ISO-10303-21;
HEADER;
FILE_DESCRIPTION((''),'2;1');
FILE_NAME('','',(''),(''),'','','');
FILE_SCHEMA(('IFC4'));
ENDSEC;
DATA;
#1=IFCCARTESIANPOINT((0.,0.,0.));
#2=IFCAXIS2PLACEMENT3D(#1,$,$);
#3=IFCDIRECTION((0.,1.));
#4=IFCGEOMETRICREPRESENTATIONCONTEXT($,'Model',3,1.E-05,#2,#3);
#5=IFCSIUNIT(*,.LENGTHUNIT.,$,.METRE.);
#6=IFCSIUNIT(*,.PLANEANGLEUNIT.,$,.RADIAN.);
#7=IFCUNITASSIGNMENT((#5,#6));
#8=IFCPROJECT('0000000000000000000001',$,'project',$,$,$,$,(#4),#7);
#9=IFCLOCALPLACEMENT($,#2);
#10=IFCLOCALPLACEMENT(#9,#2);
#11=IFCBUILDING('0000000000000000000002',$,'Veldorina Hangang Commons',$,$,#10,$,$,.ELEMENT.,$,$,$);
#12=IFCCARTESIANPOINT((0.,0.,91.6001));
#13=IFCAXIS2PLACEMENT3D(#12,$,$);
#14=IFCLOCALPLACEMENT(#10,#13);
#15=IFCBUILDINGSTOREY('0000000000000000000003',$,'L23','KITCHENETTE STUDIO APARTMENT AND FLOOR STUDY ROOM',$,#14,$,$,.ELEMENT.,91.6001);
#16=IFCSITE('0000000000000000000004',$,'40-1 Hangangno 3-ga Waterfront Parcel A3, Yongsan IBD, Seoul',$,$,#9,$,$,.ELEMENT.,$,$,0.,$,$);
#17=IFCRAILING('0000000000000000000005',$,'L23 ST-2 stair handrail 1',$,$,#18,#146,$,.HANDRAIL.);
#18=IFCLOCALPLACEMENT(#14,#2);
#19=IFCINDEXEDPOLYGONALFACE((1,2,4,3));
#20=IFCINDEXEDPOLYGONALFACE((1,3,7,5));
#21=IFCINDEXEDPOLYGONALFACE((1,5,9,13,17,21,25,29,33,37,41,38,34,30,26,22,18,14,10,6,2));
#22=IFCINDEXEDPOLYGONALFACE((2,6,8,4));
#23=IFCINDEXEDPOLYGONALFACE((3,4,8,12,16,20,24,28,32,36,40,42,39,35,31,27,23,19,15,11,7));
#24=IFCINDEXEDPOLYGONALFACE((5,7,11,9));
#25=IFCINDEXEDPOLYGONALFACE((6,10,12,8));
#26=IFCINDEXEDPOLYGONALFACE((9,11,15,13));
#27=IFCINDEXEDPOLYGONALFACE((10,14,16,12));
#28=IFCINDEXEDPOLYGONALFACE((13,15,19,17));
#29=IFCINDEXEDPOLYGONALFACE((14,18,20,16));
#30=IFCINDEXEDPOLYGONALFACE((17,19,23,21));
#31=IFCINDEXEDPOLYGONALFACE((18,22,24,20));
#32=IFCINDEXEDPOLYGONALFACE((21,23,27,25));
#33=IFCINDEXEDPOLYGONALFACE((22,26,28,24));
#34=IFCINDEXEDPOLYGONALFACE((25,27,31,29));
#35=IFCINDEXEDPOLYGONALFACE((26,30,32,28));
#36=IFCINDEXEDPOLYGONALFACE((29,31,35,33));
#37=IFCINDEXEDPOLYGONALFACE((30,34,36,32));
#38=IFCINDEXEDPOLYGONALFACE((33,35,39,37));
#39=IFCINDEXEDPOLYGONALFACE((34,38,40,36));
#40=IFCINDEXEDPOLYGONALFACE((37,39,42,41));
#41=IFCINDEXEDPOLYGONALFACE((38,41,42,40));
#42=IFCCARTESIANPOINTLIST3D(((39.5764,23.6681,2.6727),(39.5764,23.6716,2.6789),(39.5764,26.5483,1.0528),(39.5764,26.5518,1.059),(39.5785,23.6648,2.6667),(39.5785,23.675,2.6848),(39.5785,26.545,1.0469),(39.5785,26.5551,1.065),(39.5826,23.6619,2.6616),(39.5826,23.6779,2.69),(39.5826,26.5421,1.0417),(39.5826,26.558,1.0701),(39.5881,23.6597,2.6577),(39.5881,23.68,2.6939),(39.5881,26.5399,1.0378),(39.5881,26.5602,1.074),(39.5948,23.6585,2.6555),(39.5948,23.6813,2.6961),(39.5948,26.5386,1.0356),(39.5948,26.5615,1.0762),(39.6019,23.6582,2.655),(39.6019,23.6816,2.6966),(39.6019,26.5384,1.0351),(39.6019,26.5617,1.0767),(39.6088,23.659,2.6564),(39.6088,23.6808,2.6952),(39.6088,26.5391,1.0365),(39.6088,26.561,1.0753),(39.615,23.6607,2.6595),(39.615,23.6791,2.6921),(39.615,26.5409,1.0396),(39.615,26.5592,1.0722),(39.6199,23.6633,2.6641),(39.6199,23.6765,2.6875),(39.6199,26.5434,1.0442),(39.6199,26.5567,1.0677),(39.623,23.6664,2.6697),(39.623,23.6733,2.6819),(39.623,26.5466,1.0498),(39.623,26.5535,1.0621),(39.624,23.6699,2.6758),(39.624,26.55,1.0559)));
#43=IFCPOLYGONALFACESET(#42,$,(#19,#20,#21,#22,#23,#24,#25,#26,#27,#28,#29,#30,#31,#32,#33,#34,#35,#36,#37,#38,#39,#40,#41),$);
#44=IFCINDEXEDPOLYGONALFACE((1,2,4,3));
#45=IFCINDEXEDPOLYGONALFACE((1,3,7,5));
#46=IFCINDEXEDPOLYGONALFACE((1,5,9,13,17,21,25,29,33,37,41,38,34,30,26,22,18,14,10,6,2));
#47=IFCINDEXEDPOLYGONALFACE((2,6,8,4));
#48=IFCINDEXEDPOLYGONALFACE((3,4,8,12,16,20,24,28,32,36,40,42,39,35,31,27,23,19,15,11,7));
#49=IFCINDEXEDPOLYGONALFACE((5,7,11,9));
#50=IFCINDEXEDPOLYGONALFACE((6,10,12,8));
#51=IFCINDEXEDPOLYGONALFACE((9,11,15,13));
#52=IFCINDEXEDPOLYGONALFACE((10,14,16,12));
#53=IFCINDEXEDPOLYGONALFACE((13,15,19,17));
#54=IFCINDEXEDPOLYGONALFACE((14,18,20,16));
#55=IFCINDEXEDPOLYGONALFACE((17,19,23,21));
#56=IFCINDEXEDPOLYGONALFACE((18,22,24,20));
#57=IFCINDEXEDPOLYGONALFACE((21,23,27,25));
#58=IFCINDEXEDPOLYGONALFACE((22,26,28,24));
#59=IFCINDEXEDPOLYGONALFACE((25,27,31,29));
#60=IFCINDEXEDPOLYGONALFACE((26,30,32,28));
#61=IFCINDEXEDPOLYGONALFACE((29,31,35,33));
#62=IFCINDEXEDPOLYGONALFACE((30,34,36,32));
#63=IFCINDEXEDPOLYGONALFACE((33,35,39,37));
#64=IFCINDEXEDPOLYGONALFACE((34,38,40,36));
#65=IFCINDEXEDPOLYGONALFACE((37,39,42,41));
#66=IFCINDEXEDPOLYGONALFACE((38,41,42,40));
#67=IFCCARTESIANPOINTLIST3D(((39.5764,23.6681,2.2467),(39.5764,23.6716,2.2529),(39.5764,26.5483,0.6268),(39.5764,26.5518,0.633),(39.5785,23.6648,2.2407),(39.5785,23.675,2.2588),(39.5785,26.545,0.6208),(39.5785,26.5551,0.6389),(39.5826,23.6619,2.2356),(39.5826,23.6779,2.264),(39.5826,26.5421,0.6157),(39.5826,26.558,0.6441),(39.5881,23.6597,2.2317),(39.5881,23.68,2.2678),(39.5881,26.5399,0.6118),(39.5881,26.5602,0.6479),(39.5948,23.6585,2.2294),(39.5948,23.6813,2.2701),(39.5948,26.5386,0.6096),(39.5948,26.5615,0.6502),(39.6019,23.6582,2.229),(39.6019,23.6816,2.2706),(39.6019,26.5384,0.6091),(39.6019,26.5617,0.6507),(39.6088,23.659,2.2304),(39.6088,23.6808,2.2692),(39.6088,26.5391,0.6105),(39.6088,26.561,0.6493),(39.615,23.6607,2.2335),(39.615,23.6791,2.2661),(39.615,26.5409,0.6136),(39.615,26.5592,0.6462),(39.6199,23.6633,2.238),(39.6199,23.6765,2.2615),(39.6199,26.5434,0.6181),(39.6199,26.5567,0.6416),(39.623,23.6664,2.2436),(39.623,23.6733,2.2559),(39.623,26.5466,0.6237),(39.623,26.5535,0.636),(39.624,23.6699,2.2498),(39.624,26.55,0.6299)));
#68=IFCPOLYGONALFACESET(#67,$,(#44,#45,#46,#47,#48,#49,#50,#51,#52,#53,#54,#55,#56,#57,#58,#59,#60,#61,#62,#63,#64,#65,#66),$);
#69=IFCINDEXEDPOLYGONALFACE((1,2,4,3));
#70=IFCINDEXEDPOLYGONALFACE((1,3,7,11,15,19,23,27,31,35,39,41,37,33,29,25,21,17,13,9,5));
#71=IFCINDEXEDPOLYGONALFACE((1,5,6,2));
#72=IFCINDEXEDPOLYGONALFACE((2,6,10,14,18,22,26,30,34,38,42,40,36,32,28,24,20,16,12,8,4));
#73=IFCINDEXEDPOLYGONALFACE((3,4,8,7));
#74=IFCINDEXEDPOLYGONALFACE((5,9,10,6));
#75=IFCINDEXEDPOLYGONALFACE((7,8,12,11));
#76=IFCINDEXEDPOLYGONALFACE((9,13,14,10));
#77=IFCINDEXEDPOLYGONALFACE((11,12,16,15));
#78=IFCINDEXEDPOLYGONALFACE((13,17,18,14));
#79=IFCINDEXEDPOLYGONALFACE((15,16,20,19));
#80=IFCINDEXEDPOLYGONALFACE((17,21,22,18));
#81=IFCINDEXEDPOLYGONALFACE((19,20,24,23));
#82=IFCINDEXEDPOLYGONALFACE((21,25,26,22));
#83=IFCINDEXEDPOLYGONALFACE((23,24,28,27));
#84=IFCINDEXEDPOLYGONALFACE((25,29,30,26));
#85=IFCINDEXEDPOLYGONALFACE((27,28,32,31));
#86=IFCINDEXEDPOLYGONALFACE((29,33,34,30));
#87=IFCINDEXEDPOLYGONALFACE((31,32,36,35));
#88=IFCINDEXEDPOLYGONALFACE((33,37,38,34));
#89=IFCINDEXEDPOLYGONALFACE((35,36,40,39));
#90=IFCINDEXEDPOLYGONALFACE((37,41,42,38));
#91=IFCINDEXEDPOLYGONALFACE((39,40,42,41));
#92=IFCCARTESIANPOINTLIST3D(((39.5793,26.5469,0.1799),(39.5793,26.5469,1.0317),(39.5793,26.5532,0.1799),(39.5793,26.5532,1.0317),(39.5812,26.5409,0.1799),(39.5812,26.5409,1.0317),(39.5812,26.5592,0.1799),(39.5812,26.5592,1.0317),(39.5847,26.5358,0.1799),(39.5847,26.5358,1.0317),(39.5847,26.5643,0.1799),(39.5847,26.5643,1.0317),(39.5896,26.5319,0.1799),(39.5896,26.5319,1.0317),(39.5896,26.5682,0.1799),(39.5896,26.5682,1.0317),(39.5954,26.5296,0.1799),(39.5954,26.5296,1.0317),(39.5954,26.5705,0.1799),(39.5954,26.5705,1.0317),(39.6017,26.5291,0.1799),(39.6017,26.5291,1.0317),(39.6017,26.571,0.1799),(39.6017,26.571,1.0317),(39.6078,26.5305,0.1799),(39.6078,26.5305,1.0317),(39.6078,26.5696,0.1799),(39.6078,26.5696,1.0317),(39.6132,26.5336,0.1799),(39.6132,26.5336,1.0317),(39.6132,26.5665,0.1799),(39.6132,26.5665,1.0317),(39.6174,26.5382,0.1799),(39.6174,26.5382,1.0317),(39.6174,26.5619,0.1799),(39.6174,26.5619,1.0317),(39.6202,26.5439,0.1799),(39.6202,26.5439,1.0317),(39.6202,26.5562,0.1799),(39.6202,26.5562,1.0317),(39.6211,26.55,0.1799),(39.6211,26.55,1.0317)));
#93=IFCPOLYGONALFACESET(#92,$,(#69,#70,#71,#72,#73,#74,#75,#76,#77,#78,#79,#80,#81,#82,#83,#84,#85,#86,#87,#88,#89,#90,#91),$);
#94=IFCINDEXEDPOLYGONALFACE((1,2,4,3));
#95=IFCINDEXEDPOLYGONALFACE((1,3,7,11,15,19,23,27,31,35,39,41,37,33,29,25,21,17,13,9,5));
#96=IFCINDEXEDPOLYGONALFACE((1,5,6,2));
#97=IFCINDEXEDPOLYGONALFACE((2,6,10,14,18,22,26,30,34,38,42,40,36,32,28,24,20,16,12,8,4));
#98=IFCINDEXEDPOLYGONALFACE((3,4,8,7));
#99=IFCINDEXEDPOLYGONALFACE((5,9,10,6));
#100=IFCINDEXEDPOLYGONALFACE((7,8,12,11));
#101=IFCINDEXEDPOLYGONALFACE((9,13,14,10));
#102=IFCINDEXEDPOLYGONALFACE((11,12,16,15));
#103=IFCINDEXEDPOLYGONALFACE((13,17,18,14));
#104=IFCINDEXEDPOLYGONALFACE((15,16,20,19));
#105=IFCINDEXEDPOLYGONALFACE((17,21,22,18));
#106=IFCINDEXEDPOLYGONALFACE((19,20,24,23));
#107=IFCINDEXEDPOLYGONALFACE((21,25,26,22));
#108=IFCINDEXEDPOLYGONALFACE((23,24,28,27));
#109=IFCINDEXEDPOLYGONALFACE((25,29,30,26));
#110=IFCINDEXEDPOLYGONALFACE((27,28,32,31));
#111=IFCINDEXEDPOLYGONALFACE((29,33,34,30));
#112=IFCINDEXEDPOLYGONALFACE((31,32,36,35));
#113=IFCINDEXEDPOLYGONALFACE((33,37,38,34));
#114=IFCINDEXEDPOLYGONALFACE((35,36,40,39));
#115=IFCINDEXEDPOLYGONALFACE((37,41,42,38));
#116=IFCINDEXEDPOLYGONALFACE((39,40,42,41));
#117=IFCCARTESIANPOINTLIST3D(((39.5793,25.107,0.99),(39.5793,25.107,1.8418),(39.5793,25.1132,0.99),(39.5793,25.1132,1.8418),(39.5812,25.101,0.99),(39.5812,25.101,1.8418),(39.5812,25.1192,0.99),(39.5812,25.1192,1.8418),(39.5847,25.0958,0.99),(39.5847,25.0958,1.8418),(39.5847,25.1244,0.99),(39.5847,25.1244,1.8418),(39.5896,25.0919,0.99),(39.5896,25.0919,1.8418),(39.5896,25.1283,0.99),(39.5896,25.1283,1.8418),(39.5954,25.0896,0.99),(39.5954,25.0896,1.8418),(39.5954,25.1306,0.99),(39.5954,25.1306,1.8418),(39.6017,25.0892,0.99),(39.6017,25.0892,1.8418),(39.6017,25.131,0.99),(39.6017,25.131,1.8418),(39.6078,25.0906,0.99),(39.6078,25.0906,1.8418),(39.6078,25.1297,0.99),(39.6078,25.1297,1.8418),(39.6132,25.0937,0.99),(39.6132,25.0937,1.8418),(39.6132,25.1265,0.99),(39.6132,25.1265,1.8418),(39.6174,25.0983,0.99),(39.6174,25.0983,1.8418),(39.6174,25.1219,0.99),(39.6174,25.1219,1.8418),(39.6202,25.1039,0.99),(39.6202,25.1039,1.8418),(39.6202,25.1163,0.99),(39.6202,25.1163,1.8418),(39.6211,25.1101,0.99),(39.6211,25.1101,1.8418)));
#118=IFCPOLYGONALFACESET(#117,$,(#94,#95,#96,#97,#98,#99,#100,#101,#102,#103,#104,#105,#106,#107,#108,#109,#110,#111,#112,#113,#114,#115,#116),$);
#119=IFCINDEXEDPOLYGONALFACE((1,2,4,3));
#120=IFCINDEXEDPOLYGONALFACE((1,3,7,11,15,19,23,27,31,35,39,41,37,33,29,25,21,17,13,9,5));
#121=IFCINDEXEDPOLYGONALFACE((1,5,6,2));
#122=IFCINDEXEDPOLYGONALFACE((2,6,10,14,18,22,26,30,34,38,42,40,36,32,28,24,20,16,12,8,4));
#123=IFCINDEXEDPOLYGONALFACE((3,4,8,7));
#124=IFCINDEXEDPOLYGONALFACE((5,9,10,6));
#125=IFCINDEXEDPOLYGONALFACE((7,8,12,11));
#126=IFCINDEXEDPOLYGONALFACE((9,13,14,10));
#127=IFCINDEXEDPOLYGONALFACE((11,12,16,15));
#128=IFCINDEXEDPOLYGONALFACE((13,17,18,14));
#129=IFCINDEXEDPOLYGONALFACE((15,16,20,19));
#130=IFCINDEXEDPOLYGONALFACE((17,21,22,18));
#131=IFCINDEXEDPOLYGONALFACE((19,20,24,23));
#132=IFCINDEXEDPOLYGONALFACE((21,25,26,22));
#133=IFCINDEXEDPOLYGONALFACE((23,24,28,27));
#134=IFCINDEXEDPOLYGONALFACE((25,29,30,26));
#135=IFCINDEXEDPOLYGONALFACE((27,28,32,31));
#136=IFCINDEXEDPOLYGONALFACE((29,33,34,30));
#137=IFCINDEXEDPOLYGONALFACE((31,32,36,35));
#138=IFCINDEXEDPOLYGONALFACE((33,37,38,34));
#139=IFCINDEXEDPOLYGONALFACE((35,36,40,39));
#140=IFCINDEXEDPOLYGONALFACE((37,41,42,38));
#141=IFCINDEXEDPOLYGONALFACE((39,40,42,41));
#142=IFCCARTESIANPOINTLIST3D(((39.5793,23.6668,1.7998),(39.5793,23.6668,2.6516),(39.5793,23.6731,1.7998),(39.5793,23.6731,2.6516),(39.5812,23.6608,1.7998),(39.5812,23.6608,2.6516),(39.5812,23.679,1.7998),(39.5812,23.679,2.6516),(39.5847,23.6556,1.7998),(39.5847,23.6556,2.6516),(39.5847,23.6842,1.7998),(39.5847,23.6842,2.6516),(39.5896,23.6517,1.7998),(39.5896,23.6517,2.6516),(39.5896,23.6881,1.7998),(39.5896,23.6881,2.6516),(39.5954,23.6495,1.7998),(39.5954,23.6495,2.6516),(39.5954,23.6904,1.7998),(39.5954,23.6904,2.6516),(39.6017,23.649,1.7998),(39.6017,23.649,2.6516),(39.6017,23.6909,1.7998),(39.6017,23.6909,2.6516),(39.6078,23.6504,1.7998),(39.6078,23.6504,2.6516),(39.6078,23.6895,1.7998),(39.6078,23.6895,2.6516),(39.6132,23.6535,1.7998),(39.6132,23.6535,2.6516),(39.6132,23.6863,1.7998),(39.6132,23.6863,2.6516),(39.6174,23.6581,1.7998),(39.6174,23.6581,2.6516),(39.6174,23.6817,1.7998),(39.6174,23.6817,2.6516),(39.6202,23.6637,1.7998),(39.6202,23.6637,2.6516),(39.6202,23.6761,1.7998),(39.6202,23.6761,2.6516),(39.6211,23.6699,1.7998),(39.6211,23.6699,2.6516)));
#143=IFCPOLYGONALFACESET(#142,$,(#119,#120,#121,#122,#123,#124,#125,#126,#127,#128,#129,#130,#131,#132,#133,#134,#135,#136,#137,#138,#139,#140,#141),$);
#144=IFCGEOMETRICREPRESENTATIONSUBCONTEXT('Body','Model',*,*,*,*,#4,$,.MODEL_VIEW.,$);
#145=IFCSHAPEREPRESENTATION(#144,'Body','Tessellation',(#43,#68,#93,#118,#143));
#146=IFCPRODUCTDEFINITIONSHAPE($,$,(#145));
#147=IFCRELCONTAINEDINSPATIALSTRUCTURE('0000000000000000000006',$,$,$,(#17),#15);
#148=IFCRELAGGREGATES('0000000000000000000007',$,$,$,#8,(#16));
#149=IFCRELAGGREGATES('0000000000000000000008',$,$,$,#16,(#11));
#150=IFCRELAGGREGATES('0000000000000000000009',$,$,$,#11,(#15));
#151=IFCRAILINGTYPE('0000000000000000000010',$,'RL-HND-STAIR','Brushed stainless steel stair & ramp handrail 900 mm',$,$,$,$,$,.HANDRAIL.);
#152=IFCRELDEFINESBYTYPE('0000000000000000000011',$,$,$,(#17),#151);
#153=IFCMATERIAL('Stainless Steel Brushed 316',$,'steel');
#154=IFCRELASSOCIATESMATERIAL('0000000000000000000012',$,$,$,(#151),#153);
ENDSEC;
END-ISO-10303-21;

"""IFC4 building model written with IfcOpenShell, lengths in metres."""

from ifc_helpers import new_model, si_unit, direction, frame, origin, origin_2d, place, context, subcontext, project, spatial, circle, extrude, material, type_object, element, save


model = new_model("IFC4")

# Units and contexts
model_context = context("Model", 3, precision=1e-05, world=origin(), true_north=direction((0.0, 1.0)))
body_context = subcontext(model_context, "Body", "Model", "MODEL_VIEW")
ifc_project = project(units=[si_unit("LENGTHUNIT", "METRE"), si_unit("PLANEANGLEUNIT", "RADIAN")], contexts=[model_context])

# Site, building, storey
site_placement = place(None, origin())
site = spatial("IfcSite", under=ifc_project, at=site_placement, Name="40-1 Hangangno 3-ga Waterfront Parcel A3, Yongsan IBD, Seoul", CompositionType="ELEMENT", RefElevation=0.0)
building_placement = place(site_placement, origin())
building = spatial("IfcBuilding", under=site, at=building_placement, Name="Veldorina Hangang Commons", CompositionType="ELEMENT")
storey_placement = place(building_placement, frame((0.0, 0.0, 91.6001)))
storey = spatial("IfcBuildingStorey", under=building, at=storey_placement, Name="L23", Description="KITCHENETTE STUDIO APARTMENT AND FLOOR STUDY ROOM", CompositionType="ELEMENT", Elevation=91.6001)

# Railing
ifc_material_1 = material(Name="Stainless Steel Brushed 316", Category="steel")
railing_type_1 = type_object("IfcRailingType", Name="RL-HND-STAIR", Description="Brushed stainless steel stair & ramp handrail 900 mm", PredefinedType="HANDRAIL", material=ifc_material_1)
railing_1_placement = place(storey_placement, frame((39.6001, 26.55, 0.1799)))
element("IfcRailing", 1, at=railing_1_placement, inside=storey, type_object=railing_type_1, Name="L23 ST-2 stair handrail 1", PredefinedType="HANDRAIL", context=body_context, shape_type="SweptSolid", body=[
    extrude(circle(Radius=0.0239, at=origin_2d()), frame((0.0, 0.0, 0.876), z_axis=(0.0, -0.871601, 0.490216), x_axis=(1.0, 0.0, 0.0)), (0.0, 0.0, 1.0), 3.3044),
    extrude(circle(Radius=0.0239, at=origin_2d()), frame((0.0, 0.0, 0.45), z_axis=(0.0, -0.871601, 0.490216), x_axis=(1.0, 0.0, 0.0)), (0.0, 0.0, 1.0), 3.3044),
    extrude(circle(Radius=0.021, at=origin_2d()), origin(), (0.0, 0.0, 1.0), 0.8518),
    extrude(circle(Radius=0.021, at=origin_2d()), frame((0.0, -1.4399, 0.8101)), (0.0, 0.0, 1.0), 0.8518),
    extrude(circle(Radius=0.021, at=origin_2d()), frame((0.0, -2.8801, 1.6199)), (0.0, 0.0, 1.0), 0.8518),
])

save(model, "model.ifc")
